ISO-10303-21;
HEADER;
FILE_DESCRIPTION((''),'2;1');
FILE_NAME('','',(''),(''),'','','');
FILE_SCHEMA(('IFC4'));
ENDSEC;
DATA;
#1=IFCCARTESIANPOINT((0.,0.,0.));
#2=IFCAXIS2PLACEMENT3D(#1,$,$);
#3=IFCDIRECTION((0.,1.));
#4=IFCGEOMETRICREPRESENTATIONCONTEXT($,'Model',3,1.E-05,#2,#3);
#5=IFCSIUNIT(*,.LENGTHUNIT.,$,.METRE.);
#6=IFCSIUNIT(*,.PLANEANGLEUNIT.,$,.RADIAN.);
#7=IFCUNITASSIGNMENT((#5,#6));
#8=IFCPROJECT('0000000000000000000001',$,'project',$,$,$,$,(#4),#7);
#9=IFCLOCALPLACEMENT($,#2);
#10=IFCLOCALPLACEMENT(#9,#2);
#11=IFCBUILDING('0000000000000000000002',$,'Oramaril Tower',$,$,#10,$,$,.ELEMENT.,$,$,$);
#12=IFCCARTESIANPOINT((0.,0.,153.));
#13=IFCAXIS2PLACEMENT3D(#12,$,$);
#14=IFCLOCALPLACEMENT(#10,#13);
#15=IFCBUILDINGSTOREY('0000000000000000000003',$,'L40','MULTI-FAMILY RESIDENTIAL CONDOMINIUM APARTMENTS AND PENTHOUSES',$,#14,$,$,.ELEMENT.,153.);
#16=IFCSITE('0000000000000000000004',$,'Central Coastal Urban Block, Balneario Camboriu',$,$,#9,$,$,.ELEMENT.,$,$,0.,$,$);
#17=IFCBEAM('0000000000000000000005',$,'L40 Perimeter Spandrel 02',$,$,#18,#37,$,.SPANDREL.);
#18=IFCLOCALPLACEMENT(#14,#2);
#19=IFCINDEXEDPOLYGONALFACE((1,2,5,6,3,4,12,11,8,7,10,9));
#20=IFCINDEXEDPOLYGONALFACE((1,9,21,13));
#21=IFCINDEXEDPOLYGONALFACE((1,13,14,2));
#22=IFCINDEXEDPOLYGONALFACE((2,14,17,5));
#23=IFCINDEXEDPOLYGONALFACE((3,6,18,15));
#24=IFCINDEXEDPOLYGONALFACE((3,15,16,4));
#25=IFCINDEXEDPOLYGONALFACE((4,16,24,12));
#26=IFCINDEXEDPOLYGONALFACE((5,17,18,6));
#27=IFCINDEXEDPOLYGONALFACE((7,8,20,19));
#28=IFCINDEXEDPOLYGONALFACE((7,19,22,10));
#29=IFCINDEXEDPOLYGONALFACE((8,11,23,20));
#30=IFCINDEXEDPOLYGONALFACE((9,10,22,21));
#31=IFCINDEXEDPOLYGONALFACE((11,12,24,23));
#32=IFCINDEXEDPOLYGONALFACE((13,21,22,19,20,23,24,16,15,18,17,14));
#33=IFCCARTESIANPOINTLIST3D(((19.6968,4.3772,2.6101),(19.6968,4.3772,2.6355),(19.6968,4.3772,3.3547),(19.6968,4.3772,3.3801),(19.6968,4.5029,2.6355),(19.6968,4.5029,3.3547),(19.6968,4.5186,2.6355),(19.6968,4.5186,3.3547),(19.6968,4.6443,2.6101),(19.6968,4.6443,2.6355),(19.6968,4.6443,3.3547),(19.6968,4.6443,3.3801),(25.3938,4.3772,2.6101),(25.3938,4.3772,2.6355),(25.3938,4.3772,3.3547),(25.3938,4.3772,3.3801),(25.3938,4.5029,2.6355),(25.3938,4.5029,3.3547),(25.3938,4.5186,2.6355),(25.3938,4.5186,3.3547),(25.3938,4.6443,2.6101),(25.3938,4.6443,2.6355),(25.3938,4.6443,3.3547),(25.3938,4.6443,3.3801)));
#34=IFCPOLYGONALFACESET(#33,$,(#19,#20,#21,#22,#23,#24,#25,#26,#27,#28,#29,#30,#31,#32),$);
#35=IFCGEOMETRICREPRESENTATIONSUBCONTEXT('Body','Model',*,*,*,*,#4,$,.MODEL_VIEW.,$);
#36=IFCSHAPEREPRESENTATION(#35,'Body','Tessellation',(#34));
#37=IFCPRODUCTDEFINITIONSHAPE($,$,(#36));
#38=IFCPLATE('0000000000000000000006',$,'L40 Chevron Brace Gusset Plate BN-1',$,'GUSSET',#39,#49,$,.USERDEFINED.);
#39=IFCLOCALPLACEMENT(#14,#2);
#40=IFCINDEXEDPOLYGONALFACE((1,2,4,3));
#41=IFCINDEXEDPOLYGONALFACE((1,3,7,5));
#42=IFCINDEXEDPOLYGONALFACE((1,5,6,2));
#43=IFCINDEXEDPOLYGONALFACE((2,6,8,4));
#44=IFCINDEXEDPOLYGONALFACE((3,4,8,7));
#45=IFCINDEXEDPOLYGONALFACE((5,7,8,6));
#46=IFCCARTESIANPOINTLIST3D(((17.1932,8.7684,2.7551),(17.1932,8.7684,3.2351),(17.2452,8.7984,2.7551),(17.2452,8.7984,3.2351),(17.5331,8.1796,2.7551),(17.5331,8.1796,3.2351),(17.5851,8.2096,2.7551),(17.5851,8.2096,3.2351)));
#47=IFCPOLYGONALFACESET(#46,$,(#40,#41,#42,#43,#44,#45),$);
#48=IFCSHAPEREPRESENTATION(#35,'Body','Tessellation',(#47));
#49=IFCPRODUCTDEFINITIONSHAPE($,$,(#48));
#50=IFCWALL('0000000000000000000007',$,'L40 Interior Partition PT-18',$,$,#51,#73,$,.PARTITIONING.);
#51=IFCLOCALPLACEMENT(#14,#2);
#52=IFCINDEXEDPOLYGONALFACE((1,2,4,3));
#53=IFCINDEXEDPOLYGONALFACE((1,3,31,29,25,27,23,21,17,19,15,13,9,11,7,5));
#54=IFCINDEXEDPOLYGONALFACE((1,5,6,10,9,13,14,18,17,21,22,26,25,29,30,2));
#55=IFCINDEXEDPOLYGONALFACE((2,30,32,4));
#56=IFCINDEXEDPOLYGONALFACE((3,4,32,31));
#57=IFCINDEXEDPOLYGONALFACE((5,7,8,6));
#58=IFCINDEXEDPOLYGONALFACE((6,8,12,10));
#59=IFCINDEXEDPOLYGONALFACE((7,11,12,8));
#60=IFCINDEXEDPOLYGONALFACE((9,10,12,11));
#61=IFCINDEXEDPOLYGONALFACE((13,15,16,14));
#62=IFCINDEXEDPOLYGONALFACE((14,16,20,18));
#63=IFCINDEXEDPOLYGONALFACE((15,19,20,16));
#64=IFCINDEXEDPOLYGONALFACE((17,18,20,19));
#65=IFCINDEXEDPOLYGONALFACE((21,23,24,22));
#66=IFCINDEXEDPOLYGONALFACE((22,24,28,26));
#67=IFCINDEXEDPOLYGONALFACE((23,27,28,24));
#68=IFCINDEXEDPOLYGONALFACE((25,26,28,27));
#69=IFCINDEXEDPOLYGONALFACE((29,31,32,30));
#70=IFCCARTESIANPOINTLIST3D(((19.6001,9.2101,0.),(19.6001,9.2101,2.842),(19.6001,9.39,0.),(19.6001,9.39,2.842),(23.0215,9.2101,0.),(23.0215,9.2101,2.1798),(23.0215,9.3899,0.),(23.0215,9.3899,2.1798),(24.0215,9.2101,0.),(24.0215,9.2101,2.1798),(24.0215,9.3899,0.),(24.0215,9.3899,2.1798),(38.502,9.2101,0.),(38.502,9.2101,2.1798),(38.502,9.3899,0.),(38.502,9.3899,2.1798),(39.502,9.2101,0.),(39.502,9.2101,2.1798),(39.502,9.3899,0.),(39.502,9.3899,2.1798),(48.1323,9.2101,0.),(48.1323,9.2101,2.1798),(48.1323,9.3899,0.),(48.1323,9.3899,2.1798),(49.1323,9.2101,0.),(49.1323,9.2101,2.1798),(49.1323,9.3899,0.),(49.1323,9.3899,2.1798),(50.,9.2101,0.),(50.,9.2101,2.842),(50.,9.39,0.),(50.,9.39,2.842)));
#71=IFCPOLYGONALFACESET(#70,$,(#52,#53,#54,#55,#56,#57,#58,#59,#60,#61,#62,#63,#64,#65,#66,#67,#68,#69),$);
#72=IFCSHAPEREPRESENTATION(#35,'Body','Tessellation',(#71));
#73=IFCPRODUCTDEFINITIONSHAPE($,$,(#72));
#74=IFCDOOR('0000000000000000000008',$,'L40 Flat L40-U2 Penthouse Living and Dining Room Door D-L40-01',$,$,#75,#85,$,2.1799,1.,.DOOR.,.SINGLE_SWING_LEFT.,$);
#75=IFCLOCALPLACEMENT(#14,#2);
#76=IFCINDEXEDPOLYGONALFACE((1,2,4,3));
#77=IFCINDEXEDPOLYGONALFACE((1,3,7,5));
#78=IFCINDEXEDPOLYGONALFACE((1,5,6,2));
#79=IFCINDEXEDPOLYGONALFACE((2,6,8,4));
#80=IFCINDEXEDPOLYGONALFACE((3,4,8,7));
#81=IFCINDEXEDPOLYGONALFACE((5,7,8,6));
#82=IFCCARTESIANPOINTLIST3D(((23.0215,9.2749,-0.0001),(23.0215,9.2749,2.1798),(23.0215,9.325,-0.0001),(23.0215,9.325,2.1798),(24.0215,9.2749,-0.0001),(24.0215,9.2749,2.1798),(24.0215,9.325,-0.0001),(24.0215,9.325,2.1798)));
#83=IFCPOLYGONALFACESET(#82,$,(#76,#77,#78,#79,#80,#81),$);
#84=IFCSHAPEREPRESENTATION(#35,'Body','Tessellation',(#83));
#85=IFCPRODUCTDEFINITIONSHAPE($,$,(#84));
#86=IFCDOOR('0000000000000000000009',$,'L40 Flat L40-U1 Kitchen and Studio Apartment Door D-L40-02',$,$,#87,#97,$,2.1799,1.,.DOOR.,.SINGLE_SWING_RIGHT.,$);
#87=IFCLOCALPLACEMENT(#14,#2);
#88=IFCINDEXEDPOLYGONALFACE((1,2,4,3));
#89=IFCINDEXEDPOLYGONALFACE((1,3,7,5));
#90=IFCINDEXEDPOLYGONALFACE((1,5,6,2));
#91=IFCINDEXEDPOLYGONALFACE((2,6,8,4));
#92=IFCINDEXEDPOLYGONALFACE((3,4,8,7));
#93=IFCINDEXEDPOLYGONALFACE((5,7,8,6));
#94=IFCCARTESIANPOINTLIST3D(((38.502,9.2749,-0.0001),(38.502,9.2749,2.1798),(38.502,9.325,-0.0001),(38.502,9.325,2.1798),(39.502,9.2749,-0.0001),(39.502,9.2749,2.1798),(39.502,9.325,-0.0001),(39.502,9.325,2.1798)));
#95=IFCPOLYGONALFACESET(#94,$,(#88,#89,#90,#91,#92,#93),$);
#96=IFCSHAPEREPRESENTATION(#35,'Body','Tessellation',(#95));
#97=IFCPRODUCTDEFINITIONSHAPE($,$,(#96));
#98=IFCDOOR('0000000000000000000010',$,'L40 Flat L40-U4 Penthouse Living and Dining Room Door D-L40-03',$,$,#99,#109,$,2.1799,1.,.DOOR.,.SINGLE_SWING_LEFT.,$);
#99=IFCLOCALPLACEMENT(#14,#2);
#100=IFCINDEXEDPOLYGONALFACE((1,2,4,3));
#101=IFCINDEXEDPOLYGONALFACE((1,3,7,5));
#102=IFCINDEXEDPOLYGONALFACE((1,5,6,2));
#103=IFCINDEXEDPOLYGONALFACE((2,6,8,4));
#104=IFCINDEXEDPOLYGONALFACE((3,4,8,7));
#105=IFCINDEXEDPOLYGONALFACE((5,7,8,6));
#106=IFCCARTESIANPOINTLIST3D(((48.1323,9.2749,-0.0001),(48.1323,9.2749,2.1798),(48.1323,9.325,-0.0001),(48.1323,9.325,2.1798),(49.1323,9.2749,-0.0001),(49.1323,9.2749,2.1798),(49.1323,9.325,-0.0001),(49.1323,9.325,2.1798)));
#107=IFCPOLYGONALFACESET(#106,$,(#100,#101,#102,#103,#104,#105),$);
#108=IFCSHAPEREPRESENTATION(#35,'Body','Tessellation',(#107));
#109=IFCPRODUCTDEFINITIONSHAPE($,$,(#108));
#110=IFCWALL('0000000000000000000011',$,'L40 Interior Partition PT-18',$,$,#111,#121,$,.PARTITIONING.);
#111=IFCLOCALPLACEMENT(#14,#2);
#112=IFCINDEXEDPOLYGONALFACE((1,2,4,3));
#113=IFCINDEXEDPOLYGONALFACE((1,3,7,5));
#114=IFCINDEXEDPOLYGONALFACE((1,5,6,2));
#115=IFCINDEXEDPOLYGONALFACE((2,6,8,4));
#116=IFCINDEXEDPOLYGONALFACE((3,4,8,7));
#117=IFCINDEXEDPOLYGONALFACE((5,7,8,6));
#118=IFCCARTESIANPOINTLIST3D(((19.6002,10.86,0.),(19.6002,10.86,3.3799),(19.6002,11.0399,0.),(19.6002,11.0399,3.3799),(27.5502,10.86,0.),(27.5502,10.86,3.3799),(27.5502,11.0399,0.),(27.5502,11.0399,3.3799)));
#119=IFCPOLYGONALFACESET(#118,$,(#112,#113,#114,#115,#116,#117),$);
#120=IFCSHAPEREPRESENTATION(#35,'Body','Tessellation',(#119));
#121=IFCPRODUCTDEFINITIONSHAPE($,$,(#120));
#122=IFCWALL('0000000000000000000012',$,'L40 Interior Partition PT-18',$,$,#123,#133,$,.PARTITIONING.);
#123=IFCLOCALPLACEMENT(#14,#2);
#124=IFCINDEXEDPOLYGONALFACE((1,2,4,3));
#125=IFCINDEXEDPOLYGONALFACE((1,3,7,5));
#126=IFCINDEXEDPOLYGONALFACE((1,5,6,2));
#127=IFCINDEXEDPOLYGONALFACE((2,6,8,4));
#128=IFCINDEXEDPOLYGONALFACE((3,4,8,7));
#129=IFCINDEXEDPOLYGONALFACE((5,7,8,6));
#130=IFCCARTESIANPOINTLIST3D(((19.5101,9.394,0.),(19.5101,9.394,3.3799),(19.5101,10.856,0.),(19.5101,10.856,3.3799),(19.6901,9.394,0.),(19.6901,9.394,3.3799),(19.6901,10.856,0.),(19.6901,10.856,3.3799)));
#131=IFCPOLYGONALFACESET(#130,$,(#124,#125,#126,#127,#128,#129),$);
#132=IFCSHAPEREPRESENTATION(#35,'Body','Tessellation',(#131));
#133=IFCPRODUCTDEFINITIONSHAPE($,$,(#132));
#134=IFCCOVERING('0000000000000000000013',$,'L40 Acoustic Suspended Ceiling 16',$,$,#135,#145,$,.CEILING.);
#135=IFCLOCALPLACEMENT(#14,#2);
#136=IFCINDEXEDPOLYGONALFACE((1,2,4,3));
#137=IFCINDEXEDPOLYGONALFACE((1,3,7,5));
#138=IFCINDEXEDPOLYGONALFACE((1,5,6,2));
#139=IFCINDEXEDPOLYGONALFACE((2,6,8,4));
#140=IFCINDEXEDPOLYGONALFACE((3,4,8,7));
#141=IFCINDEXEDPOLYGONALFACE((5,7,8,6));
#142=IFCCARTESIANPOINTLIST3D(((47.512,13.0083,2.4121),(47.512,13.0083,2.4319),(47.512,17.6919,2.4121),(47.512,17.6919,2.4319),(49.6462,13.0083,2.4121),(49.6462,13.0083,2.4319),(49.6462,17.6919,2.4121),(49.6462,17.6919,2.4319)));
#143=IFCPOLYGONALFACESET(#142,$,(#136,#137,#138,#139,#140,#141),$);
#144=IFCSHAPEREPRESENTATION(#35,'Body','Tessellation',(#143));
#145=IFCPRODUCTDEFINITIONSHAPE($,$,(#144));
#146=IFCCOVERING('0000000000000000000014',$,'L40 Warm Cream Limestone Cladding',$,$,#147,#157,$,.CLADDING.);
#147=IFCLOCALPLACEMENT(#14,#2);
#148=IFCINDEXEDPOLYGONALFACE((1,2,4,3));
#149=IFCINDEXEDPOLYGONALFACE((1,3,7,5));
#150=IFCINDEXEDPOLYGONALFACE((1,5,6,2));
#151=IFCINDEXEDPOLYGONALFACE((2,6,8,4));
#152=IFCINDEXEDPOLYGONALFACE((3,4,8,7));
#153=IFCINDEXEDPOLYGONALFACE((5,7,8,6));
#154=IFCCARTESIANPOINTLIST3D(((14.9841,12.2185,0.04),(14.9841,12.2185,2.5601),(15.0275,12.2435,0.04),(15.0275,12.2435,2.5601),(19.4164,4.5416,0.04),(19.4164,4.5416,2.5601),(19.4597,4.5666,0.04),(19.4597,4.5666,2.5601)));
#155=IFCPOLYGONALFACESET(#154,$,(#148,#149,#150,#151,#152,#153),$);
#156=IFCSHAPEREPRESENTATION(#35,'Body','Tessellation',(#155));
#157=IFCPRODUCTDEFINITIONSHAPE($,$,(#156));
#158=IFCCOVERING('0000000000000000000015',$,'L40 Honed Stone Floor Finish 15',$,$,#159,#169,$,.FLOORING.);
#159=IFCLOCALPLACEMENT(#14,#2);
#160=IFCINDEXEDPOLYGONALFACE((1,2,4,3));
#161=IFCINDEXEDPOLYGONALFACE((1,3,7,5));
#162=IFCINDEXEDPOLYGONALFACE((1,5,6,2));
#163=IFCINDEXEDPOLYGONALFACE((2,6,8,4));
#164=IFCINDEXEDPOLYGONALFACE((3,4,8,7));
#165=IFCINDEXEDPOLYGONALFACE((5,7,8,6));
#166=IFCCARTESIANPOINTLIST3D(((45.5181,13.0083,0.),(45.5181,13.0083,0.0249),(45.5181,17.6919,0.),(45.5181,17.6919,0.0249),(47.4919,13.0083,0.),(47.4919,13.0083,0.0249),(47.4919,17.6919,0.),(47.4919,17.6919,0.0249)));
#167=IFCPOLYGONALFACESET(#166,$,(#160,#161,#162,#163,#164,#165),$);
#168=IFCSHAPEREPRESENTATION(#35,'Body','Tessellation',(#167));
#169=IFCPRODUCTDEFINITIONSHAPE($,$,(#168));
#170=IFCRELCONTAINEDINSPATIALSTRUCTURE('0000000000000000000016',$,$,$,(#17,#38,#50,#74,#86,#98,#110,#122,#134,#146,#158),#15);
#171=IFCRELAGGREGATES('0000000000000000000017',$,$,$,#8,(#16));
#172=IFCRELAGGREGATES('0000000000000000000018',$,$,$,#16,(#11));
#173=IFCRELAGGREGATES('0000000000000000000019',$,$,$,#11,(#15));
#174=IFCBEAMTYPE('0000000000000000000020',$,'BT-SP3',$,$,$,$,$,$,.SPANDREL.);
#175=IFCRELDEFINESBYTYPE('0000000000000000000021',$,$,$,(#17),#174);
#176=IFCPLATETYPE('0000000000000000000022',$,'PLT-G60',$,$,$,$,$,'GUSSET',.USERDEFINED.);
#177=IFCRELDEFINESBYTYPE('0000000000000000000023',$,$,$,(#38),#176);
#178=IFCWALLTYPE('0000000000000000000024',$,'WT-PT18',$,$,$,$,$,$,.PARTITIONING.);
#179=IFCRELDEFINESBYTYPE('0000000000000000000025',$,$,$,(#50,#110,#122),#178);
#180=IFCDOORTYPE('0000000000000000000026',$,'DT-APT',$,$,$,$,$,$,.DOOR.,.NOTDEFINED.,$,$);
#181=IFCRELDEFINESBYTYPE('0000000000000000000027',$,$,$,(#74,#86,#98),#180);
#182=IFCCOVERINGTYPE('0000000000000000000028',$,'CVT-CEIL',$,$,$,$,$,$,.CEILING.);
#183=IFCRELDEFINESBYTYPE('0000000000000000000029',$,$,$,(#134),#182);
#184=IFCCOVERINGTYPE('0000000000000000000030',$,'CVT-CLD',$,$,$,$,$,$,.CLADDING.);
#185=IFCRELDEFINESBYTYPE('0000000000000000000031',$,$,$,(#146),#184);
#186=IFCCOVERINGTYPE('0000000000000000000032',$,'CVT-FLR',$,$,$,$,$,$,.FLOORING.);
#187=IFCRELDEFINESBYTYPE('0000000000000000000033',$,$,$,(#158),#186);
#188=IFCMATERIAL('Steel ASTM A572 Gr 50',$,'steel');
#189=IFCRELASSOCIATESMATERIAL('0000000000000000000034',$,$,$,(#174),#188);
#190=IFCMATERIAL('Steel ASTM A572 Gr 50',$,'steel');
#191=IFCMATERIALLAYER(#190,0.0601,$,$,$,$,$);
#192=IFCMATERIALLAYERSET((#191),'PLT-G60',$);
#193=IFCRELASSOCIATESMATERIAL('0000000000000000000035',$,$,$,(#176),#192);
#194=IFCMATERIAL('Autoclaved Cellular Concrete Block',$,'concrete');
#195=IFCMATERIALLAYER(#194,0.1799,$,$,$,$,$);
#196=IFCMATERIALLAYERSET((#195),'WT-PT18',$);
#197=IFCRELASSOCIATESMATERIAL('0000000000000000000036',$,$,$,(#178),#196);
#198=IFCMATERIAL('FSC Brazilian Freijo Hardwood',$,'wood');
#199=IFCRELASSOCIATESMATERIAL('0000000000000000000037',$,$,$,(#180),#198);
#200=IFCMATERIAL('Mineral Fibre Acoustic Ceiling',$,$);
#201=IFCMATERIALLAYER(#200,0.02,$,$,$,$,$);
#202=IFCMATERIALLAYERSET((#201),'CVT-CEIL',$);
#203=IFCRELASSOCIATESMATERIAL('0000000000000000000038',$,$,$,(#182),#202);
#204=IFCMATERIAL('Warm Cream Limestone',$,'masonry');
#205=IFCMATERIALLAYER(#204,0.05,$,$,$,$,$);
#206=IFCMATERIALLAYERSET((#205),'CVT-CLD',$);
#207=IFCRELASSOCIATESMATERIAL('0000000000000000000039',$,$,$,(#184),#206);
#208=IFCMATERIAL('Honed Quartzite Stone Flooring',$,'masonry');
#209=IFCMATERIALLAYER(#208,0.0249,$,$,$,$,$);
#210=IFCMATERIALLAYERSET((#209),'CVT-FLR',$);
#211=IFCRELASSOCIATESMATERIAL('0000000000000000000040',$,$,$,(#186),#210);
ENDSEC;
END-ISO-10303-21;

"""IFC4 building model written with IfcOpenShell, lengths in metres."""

from ifc_helpers import new_model, si_unit, direction, frame, frame_2d, origin, origin_2d, place, context, subcontext, project, spatial, polyline, rectangle, i_section, outline, extrude, material, layer, layer_set, material_profile, profile_set, type_object, element, fill, save


model = new_model("IFC4")

# Units and contexts
model_context = context("Model", 3, precision=1e-05, world=origin(), true_north=direction((0.0, 1.0)))
body_context = subcontext(model_context, "Body", "Model", "MODEL_VIEW")
ifc_project = project(units=[si_unit("LENGTHUNIT", "METRE"), si_unit("PLANEANGLEUNIT", "RADIAN")], contexts=[model_context])

# Site, building, storey
site_placement = place(None, origin())
site = spatial("IfcSite", under=ifc_project, at=site_placement, Name="Central Coastal Urban Block, Balneario Camboriu", CompositionType="ELEMENT", RefElevation=0.0)
building_placement = place(site_placement, origin())
building = spatial("IfcBuilding", under=site, at=building_placement, Name="Oramaril Tower", CompositionType="ELEMENT")
storey_placement = place(building_placement, frame((0.0, 0.0, 153.0)))
storey = spatial("IfcBuildingStorey", under=building, at=storey_placement, Name="L40", Description="MULTI-FAMILY RESIDENTIAL CONDOMINIUM APARTMENTS AND PENTHOUSES", CompositionType="ELEMENT", Elevation=153.0)

# Beam
ifc_material_1 = material(Name="Steel ASTM A572 Gr 50", Category="steel")
ifc_material_profile = material_profile(ifc_material_1, i_section(OverallWidth=0.2671, OverallDepth=0.77, WebThickness=0.0156, FlangeThickness=0.0254, at=origin_2d()), Name="W30X132")
ifc_profile_set = profile_set([ifc_material_profile], Name="Steel ASTM A572 Gr 50")
beam_type = type_object("IfcBeamType", Name="BT-SP3", PredefinedType="SPANDREL", material=ifc_profile_set)
beam_placement = place(storey_placement, frame((19.6968, 4.5107, 2.9951), z_axis=(1.0, 0.0, 0.0), x_axis=(0.0, 1.0, 0.0)))
element("IfcBeam", 1, at=beam_placement, inside=storey, type_object=beam_type, Name="L40 Perimeter Spandrel 02", PredefinedType="SPANDREL", context=body_context, shape_type="SweptSolid", body=[
    extrude(i_section(OverallWidth=0.2671, OverallDepth=0.77, WebThickness=0.0156, FlangeThickness=0.0254, at=origin_2d()), origin(), (0.0, 0.0, 1.0), 5.697),
])

# Plate
ifc_material_2 = material(Name="Steel ASTM A572 Gr 50", Category="steel")
ifc_layer_1 = layer(ifc_material_2, 0.0601)
ifc_layer_set_1 = layer_set([ifc_layer_1], Name="PLT-G60")
plate_type = type_object("IfcPlateType", Name="PLT-G60", ElementType="GUSSET", PredefinedType="USERDEFINED", material=ifc_layer_set_1)
plate_placement = place(storey_placement, frame((17.3892, 8.489, 2.7551), z_axis=(0.0, 0.0, 1.0), x_axis=(0.5, -0.866025, 0.0)))
element("IfcPlate", 2, at=plate_placement, inside=storey, type_object=plate_type, Name="L40 Chevron Brace Gusset Plate BN-1", ObjectType="GUSSET", PredefinedType="USERDEFINED", context=body_context, shape_type="SweptSolid", body=[
    extrude(rectangle(XDim=0.6799, YDim=0.0601, at=origin_2d()), origin(), (0.0, 0.0, 1.0), 0.48),
])

# Wall, openings, doors
ifc_material_3 = material(Name="Autoclaved Cellular Concrete Block", Category="concrete")
ifc_layer_2 = layer(ifc_material_3, 0.1799)
ifc_layer_set_2 = layer_set([ifc_layer_2], Name="WT-PT18")
wall_type = type_object("IfcWallType", Name="WT-PT18", PredefinedType="PARTITIONING", material=ifc_layer_set_2)
wall_1_placement = place(storey_placement, frame((19.6001, 9.3, 0.0), z_axis=(0.0, 0.0, 1.0), x_axis=(1.0, 0.0, 0.0)))
wall_1 = element("IfcWall", 3, at=wall_1_placement, inside=storey, type_object=wall_type, Name="L40 Interior Partition PT-18", PredefinedType="PARTITIONING", context=body_context, shape_type="SweptSolid", body=[
    extrude(rectangle(XDim=30.3999, YDim=0.1799, at=frame_2d((15.2, 0.0))), origin(), (0.0, 0.0, 1.0), 2.842),
])
opening_1_placement = place(wall_1_placement, frame((3.4214, 0.0, 0.0)))
opening_1 = element("IfcOpeningElement", 4, at=opening_1_placement, cuts=wall_1, PredefinedType="OPENING", context=body_context, shape_type="SweptSolid", body=[
    extrude(rectangle(XDim=1.0, YDim=2.1799, at=frame_2d((0.5, 1.0898))), frame((0.0, 0.0898, 0.0), z_axis=(0.0, -1.0, 0.0), x_axis=(1.0, 0.0, 0.0)), (0.0, 0.0, 1.0), 0.1799),
])
opening_2_placement = place(wall_1_placement, frame((18.9019, 0.0, 0.0)))
opening_2 = element("IfcOpeningElement", 5, at=opening_2_placement, cuts=wall_1, PredefinedType="OPENING", context=body_context, shape_type="SweptSolid", body=[
    extrude(rectangle(XDim=1.0, YDim=2.1799, at=frame_2d((0.5, 1.0898))), frame((0.0, 0.0898, 0.0), z_axis=(0.0, -1.0, 0.0), x_axis=(1.0, 0.0, 0.0)), (0.0, 0.0, 1.0), 0.1799),
])
opening_3_placement = place(wall_1_placement, frame((28.5322, 0.0, 0.0)))
opening_3 = element("IfcOpeningElement", 6, at=opening_3_placement, cuts=wall_1, PredefinedType="OPENING", context=body_context, shape_type="SweptSolid", body=[
    extrude(rectangle(XDim=1.0, YDim=2.1799, at=frame_2d((0.5, 1.0898))), frame((0.0, 0.0898, 0.0), z_axis=(0.0, -1.0, 0.0), x_axis=(1.0, 0.0, 0.0)), (0.0, 0.0, 1.0), 0.1799),
])
ifc_material_4 = material(Name="FSC Brazilian Freijo Hardwood", Category="wood")
door_type = type_object("IfcDoorType", Name="DT-APT", OperationType="NOTDEFINED", PredefinedType="DOOR", material=ifc_material_4)
door_1_placement = place(opening_1_placement, origin())
door_1 = element("IfcDoor", 7, at=door_1_placement, inside=storey, type_object=door_type, Name="L40 Flat L40-U2 Penthouse Living and Dining Room Door D-L40-01", OperationType="SINGLE_SWING_LEFT", OverallHeight=2.1799, OverallWidth=1.0, PredefinedType="DOOR", context=body_context, shape_type="SweptSolid", body=[
    extrude(rectangle(XDim=1.0, YDim=2.1799, at=frame_2d((0.5, 1.0898))), frame((0.0, 0.0249, 0.0), z_axis=(0.0, -1.0, 0.0), x_axis=(1.0, 0.0, 0.0)), (0.0, 0.0, 1.0), 0.05),
])
fill(opening_1, door_1)
door_2_placement = place(opening_2_placement, origin())
door_2 = element("IfcDoor", 8, at=door_2_placement, inside=storey, type_object=door_type, Name="L40 Flat L40-U1 Kitchen and Studio Apartment Door D-L40-02", OperationType="SINGLE_SWING_RIGHT", OverallHeight=2.1799, OverallWidth=1.0, PredefinedType="DOOR", context=body_context, shape_type="SweptSolid", body=[
    extrude(rectangle(XDim=1.0, YDim=2.1799, at=frame_2d((0.5, 1.0898))), frame((0.0, 0.0249, 0.0), z_axis=(0.0, -1.0, 0.0), x_axis=(1.0, 0.0, 0.0)), (0.0, 0.0, 1.0), 0.05),
])
fill(opening_2, door_2)
door_3_placement = place(opening_3_placement, origin())
door_3 = element("IfcDoor", 9, at=door_3_placement, inside=storey, type_object=door_type, Name="L40 Flat L40-U4 Penthouse Living and Dining Room Door D-L40-03", OperationType="SINGLE_SWING_LEFT", OverallHeight=2.1799, OverallWidth=1.0, PredefinedType="DOOR", context=body_context, shape_type="SweptSolid", body=[
    extrude(rectangle(XDim=1.0, YDim=2.1799, at=frame_2d((0.5, 1.0898))), frame((0.0, 0.0249, 0.0), z_axis=(0.0, -1.0, 0.0), x_axis=(1.0, 0.0, 0.0)), (0.0, 0.0, 1.0), 0.05),
])
fill(opening_3, door_3)

# Walls
wall_2_placement = place(storey_placement, frame((19.6001, 10.95, 0.0), z_axis=(0.0, 0.0, 1.0), x_axis=(1.0, 0.0, 0.0)))
element("IfcWall", 10, at=wall_2_placement, inside=storey, type_object=wall_type, Name="L40 Interior Partition PT-18", PredefinedType="PARTITIONING", context=body_context, shape_type="SweptSolid", body=[
    extrude(rectangle(XDim=7.95, YDim=0.1799, at=frame_2d((3.9751, 0.0))), origin(), (0.0, 0.0, 1.0), 3.3799),
])
wall_3_placement = place(storey_placement, frame((19.6001, 9.394, 0.0), z_axis=(0.0, 0.0, 1.0), x_axis=(0.0, 1.0, 0.0)))
element("IfcWall", 11, at=wall_3_placement, inside=storey, type_object=wall_type, Name="L40 Interior Partition PT-18", PredefinedType="PARTITIONING", context=body_context, shape_type="SweptSolid", body=[
    extrude(rectangle(XDim=1.4619, YDim=0.1799, at=frame_2d((0.731, 0.0))), origin(), (0.0, 0.0, 1.0), 3.3799),
])

# Coverings
ifc_material_5 = material(Name="Mineral Fibre Acoustic Ceiling")
ifc_layer_3 = layer(ifc_material_5, 0.02)
ifc_layer_set_3 = layer_set([ifc_layer_3], Name="CVT-CEIL")
covering_type_1 = type_object("IfcCoveringType", Name="CVT-CEIL", PredefinedType="CEILING", material=ifc_layer_set_3)
covering_1_placement = place(storey_placement, frame((0.0, 0.0, 2.4121)))
element("IfcCovering", 12, at=covering_1_placement, inside=storey, type_object=covering_type_1, Name="L40 Acoustic Suspended Ceiling 16", PredefinedType="CEILING", context=body_context, shape_type="SweptSolid", body=[
    extrude(outline(polyline([(49.6462, 17.6919), (49.6462, 13.0083), (47.512, 13.0083), (47.512, 17.6919), (49.6462, 17.6919)])), origin(), (0.0, 0.0, 1.0), 0.0198),
])
ifc_material_6 = material(Name="Warm Cream Limestone", Category="masonry")
ifc_layer_4 = layer(ifc_material_6, 0.05)
ifc_layer_set_4 = layer_set([ifc_layer_4], Name="CVT-CLD")
covering_type_2 = type_object("IfcCoveringType", Name="CVT-CLD", PredefinedType="CLADDING", material=ifc_layer_set_4)
covering_2_placement = place(storey_placement, frame((17.2219, 8.3926, 0.04), z_axis=(0.0, 0.0, 1.0), x_axis=(0.5, -0.866025, 0.0)))
element("IfcCovering", 13, at=covering_2_placement, inside=storey, type_object=covering_type_2, Name="L40 Warm Cream Limestone Cladding", PredefinedType="CLADDING", context=body_context, shape_type="SweptSolid", body=[
    extrude(rectangle(XDim=8.8645, YDim=0.05, at=origin_2d()), origin(), (0.0, 0.0, 1.0), 2.52),
])
ifc_material_7 = material(Name="Honed Quartzite Stone Flooring", Category="masonry")
ifc_layer_5 = layer(ifc_material_7, 0.0249)
ifc_layer_set_5 = layer_set([ifc_layer_5], Name="CVT-FLR")
covering_type_3 = type_object("IfcCoveringType", Name="CVT-FLR", PredefinedType="FLOORING", material=ifc_layer_set_5)
covering_3_placement = place(storey_placement, origin())
element("IfcCovering", 14, at=covering_3_placement, inside=storey, type_object=covering_type_3, Name="L40 Honed Stone Floor Finish 15", PredefinedType="FLOORING", context=body_context, shape_type="SweptSolid", body=[
    extrude(outline(polyline([(45.5181, 17.6919), (47.4919, 17.6919), (47.4919, 13.0083), (45.5181, 13.0083), (45.5181, 17.6919)])), origin(), (0.0, 0.0, 1.0), 0.0249),
])

save(model, "model.ifc")
